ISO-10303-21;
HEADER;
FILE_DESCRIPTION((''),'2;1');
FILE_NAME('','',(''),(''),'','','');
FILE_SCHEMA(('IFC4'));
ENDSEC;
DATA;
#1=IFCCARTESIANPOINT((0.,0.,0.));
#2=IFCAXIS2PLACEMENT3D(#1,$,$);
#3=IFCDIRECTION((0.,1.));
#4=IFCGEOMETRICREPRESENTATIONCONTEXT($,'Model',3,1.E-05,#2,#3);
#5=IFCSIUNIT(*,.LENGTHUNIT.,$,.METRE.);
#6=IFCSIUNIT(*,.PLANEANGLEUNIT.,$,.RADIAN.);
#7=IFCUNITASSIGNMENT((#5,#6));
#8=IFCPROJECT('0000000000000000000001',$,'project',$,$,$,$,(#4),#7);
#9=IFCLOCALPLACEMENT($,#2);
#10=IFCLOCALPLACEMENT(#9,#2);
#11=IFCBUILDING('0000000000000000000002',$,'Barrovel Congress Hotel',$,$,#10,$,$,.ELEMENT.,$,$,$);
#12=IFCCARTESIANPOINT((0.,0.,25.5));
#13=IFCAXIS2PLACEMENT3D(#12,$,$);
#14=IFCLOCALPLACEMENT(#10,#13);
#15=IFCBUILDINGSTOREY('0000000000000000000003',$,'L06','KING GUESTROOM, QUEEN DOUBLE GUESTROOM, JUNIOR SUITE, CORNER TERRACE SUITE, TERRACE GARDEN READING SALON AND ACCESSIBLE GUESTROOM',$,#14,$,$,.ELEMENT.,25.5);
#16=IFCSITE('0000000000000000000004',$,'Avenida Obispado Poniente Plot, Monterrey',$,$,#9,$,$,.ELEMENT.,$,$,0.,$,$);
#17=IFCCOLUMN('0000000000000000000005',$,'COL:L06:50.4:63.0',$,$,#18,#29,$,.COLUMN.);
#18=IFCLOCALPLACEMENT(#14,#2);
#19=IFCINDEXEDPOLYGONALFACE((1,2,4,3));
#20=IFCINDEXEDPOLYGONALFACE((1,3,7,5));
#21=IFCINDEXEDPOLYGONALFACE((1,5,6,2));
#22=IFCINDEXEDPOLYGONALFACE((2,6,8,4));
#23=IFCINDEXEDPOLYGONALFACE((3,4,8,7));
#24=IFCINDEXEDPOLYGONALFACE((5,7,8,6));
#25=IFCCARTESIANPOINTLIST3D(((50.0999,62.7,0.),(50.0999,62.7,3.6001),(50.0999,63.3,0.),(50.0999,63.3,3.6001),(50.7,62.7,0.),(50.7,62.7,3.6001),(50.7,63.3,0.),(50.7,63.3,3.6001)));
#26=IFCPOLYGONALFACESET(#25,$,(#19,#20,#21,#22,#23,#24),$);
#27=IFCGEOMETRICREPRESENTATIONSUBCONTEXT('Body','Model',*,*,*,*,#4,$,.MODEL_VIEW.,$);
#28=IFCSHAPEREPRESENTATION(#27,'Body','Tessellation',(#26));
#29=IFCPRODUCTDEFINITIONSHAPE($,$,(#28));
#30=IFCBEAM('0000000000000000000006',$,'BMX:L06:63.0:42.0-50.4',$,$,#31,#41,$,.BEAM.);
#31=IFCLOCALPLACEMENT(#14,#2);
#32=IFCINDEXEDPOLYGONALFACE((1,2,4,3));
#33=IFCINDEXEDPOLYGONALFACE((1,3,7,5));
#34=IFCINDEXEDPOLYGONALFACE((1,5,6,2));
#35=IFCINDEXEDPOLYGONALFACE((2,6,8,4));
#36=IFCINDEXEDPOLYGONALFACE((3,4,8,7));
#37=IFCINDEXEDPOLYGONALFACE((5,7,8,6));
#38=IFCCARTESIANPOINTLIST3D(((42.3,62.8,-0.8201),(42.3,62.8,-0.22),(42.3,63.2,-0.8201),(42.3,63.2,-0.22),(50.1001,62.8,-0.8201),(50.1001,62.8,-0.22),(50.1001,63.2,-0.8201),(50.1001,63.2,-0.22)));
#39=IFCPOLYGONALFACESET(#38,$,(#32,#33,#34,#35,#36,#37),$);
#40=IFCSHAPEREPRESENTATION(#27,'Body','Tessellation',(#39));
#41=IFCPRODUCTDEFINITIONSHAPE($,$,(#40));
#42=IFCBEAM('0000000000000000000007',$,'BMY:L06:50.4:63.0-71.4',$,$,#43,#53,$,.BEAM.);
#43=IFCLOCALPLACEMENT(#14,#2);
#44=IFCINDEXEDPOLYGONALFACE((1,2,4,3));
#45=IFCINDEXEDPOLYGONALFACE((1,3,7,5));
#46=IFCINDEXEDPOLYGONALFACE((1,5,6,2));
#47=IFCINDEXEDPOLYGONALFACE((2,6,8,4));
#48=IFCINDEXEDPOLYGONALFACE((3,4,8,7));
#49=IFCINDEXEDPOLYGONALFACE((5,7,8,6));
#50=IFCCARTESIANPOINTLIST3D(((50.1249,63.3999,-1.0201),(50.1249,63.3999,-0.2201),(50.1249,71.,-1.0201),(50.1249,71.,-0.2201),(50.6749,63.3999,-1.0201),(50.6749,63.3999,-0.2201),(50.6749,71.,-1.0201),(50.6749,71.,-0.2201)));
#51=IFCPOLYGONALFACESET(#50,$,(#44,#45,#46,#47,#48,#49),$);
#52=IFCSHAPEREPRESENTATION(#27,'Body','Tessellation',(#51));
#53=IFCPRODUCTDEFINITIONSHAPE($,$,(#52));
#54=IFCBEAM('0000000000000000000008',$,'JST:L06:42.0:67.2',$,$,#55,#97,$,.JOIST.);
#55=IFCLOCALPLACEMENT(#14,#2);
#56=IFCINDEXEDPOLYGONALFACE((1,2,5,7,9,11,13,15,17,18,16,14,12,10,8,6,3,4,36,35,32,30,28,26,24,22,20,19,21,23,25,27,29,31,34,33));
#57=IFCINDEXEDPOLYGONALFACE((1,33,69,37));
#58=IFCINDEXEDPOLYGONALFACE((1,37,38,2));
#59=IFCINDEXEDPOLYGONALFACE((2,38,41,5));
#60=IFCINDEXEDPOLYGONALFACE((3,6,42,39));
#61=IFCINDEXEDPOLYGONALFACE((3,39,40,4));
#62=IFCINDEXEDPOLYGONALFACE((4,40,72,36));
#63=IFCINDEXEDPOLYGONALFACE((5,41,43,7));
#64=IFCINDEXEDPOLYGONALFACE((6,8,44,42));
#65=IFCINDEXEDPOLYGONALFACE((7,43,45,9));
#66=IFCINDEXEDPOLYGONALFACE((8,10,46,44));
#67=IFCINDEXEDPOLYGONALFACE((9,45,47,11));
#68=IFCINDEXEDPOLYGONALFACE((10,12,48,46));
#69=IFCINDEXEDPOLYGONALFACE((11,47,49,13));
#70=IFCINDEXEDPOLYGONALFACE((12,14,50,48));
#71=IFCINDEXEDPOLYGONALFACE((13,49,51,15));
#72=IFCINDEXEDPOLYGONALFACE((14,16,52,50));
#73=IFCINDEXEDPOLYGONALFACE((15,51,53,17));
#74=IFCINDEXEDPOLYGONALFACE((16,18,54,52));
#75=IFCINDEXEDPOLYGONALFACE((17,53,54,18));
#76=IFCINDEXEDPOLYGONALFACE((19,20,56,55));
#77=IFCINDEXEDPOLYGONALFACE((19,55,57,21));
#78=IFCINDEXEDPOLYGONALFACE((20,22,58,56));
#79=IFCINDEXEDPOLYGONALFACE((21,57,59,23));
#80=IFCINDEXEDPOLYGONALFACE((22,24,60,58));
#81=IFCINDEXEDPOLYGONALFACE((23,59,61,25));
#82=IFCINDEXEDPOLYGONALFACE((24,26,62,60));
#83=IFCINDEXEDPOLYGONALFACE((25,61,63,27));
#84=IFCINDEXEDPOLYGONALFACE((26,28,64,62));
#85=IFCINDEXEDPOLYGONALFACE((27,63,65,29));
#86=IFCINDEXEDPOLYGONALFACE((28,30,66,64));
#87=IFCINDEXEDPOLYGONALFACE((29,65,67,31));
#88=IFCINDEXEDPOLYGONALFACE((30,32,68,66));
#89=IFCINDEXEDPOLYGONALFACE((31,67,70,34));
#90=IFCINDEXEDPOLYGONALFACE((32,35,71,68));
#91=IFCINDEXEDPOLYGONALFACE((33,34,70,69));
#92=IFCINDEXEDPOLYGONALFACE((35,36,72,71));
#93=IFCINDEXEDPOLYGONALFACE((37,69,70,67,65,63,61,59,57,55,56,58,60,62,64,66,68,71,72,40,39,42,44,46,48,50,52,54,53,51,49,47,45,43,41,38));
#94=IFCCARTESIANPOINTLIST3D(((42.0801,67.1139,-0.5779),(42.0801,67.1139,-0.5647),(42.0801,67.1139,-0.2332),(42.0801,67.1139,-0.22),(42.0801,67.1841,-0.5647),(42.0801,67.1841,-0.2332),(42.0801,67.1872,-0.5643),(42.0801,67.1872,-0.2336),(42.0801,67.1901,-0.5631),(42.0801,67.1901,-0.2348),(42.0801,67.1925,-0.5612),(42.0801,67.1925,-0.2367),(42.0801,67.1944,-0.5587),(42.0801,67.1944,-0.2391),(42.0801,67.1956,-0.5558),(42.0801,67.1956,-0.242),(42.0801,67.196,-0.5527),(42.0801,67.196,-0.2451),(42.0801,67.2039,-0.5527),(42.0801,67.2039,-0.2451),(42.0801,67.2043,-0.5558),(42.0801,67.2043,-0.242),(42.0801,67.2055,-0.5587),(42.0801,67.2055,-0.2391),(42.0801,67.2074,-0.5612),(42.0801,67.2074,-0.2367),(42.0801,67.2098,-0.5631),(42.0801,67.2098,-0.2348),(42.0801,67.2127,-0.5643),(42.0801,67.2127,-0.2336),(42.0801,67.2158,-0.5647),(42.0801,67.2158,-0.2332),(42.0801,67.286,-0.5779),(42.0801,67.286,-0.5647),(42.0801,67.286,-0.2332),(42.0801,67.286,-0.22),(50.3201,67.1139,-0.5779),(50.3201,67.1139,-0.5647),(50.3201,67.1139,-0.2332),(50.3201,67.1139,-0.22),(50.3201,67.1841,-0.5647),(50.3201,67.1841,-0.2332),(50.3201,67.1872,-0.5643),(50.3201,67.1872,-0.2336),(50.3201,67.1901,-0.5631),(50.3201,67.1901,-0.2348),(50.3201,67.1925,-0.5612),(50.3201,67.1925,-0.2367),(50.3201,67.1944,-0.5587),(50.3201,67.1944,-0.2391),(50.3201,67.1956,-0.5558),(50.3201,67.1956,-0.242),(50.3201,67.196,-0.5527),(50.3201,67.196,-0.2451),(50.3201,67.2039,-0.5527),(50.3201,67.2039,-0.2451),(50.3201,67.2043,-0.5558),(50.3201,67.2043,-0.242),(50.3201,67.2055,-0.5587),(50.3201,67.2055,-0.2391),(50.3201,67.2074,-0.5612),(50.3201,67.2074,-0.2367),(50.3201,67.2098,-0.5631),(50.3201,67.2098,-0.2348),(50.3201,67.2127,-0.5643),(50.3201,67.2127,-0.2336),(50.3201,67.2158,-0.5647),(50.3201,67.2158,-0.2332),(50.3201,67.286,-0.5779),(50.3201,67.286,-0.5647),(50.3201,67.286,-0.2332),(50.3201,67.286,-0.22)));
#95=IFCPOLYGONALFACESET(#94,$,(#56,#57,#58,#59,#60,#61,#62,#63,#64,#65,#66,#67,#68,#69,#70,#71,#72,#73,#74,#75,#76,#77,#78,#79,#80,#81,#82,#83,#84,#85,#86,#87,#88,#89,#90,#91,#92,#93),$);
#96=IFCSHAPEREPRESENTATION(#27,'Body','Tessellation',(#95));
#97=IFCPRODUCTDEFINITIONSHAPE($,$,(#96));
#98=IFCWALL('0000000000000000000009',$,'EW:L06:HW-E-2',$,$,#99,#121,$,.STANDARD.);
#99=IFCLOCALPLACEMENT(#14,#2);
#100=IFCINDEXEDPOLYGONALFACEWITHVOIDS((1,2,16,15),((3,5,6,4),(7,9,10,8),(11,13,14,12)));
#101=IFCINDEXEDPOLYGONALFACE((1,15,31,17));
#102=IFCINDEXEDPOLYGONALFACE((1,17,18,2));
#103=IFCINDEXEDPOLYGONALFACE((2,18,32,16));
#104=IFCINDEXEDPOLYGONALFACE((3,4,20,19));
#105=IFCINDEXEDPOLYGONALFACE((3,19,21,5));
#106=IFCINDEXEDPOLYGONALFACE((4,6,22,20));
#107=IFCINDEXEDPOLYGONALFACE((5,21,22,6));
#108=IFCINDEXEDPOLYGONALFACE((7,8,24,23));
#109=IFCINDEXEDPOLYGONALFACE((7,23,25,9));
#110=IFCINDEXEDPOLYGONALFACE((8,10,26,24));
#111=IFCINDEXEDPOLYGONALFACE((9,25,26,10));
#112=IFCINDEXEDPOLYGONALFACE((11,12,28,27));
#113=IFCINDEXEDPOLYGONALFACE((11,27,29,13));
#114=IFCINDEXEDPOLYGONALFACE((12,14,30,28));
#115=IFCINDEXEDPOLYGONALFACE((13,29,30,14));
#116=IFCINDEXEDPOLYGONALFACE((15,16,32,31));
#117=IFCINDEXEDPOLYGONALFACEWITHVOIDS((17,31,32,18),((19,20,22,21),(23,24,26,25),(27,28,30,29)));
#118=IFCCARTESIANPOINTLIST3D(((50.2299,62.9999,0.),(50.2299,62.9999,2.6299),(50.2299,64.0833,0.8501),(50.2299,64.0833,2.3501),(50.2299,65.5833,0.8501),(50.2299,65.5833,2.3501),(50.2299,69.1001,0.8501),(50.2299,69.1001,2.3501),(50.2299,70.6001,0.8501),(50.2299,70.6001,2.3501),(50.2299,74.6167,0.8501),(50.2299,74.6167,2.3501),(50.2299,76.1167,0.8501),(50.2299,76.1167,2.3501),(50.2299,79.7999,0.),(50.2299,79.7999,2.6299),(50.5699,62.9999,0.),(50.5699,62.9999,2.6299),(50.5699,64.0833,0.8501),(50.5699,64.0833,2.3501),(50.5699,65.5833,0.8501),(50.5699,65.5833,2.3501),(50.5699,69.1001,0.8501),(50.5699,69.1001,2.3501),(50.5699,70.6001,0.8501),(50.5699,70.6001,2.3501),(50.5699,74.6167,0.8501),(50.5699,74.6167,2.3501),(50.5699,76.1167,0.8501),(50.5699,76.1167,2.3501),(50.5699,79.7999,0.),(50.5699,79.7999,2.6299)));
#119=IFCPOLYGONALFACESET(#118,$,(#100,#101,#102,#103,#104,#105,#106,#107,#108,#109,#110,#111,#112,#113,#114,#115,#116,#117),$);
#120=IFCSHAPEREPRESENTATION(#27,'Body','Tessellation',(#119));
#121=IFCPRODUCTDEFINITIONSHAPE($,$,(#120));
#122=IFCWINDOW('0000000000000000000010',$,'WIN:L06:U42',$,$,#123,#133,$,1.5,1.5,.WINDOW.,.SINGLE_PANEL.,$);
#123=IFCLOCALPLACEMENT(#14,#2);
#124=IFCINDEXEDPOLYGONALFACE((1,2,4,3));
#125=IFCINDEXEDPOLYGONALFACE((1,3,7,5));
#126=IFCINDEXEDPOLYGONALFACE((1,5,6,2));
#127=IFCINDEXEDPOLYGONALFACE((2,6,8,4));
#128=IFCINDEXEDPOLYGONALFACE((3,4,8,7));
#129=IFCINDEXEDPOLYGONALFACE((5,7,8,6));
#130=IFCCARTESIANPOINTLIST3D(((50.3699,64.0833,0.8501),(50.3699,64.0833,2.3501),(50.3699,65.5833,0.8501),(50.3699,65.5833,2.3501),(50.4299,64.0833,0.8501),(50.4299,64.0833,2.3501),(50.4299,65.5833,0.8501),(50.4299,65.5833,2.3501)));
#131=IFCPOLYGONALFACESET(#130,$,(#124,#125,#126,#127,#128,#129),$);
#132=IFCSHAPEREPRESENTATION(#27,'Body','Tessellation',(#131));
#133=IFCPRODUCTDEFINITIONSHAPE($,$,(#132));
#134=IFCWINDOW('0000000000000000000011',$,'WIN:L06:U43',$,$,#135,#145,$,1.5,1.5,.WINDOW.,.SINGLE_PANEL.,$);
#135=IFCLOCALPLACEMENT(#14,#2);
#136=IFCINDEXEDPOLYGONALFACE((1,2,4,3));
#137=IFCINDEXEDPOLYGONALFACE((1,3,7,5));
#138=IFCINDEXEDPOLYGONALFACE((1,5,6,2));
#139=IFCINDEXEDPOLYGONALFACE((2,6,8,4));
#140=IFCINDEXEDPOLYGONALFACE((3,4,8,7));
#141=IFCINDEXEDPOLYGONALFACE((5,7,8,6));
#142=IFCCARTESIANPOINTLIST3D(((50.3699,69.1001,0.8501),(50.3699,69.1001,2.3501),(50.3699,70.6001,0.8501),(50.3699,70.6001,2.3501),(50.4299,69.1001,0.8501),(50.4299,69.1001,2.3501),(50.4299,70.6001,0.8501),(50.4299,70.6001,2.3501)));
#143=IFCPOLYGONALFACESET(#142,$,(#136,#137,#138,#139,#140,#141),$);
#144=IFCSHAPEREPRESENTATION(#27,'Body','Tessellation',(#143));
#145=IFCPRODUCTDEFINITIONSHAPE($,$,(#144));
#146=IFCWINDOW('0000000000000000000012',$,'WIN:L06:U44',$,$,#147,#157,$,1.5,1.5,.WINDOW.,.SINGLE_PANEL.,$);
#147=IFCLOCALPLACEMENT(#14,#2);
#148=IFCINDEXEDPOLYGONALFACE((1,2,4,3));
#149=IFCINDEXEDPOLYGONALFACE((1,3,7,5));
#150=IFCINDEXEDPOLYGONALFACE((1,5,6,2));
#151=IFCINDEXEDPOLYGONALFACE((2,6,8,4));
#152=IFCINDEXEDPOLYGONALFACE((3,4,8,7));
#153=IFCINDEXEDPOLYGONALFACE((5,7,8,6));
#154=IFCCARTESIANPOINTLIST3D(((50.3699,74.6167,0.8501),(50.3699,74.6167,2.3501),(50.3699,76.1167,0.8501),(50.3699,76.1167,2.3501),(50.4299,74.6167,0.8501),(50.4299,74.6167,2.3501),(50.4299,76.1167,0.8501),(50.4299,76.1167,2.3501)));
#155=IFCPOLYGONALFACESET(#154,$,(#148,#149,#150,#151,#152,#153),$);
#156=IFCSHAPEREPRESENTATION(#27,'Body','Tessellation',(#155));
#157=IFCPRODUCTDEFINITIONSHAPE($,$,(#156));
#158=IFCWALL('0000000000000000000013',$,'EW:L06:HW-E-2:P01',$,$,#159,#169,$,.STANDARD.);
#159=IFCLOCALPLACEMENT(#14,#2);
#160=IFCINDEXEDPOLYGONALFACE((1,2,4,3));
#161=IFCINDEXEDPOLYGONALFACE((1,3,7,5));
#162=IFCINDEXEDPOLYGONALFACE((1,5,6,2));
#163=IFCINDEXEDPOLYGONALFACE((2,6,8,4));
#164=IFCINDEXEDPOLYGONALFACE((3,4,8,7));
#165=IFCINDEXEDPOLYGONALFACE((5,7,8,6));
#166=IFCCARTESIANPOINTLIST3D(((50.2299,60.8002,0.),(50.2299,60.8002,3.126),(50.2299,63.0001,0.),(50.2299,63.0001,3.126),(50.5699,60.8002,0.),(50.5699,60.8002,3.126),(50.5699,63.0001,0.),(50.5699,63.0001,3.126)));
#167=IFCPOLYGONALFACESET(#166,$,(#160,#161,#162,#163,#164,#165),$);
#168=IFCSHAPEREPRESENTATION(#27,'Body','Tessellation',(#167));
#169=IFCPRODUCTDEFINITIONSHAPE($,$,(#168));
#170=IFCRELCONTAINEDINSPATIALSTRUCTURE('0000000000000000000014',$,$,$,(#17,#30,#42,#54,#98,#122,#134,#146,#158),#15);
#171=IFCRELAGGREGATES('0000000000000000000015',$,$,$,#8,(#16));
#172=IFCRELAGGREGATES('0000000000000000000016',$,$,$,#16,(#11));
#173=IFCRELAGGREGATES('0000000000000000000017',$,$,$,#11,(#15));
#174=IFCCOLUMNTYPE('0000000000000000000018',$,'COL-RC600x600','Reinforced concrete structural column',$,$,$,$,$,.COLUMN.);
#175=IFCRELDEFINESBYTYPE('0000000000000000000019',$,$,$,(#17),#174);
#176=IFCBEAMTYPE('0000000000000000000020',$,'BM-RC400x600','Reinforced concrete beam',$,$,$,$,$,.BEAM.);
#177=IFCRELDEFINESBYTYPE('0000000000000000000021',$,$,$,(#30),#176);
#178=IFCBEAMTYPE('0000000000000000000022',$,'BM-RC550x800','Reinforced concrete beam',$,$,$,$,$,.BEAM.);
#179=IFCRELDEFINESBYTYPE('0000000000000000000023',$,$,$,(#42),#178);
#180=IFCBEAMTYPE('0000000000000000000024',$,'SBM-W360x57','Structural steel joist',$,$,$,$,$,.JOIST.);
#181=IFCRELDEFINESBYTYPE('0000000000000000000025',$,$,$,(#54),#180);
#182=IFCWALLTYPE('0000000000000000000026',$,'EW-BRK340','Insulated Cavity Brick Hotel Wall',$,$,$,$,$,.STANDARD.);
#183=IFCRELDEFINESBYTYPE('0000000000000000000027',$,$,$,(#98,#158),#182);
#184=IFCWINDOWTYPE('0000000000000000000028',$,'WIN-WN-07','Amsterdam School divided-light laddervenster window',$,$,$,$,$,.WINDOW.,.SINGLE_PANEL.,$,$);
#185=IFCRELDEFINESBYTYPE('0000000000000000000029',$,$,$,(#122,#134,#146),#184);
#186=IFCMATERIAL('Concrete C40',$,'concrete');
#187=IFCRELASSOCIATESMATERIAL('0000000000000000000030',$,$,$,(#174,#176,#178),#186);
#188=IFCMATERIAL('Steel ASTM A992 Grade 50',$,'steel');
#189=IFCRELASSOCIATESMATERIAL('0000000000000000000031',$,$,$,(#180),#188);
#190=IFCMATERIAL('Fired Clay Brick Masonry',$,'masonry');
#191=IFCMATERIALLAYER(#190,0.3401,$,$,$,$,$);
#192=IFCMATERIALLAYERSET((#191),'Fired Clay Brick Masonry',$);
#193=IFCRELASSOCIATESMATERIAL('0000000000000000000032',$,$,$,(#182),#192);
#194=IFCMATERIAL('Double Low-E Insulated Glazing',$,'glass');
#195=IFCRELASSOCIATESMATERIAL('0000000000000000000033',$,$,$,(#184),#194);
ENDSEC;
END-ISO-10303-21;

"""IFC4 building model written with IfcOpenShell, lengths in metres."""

from ifc_helpers import new_model, si_unit, direction, frame, frame_2d, origin, origin_2d, place, context, subcontext, project, spatial, rectangle, i_section, extrude, material, layer, layer_set, material_profile, profile_set, type_object, element, fill, save


model = new_model("IFC4")

# Units and contexts
model_context = context("Model", 3, precision=1e-05, world=origin(), true_north=direction((0.0, 1.0)))
body_context = subcontext(model_context, "Body", "Model", "MODEL_VIEW")
ifc_project = project(units=[si_unit("LENGTHUNIT", "METRE"), si_unit("PLANEANGLEUNIT", "RADIAN")], contexts=[model_context])

# Site, building, storey
site_placement = place(None, origin())
site = spatial("IfcSite", under=ifc_project, at=site_placement, Name="Avenida Obispado Poniente Plot, Monterrey", CompositionType="ELEMENT", RefElevation=0.0)
building_placement = place(site_placement, origin())
building = spatial("IfcBuilding", under=site, at=building_placement, Name="Barrovel Congress Hotel", CompositionType="ELEMENT")
storey_placement = place(building_placement, frame((0.0, 0.0, 25.5)))
storey = spatial("IfcBuildingStorey", under=building, at=storey_placement, Name="L06", Description="KING GUESTROOM, QUEEN DOUBLE GUESTROOM, JUNIOR SUITE, CORNER TERRACE SUITE, TERRACE GARDEN READING SALON AND ACCESSIBLE GUESTROOM", CompositionType="ELEMENT", Elevation=25.5)

# Column
ifc_material_1 = material(Name="Concrete C40", Category="concrete")
ifc_material_profile_1 = material_profile(ifc_material_1, rectangle(XDim=0.6001, YDim=0.6001, at=origin_2d()), Name="RC600x600")
ifc_profile_set_1 = profile_set([ifc_material_profile_1], Name="Concrete C40")
column_type = type_object("IfcColumnType", Name="COL-RC600x600", Description="Reinforced concrete structural column", PredefinedType="COLUMN", material=ifc_profile_set_1)
column_placement = place(storey_placement, frame((50.3999, 63.0, 0.0), z_axis=(0.0, 0.0, 1.0), x_axis=(1.0, 0.0, 0.0)))
element("IfcColumn", 1, at=column_placement, inside=storey, type_object=column_type, Name="COL:L06:50.4:63.0", PredefinedType="COLUMN", context=body_context, shape_type="SweptSolid", body=[
    extrude(rectangle(XDim=0.6001, YDim=0.6001, at=origin_2d()), origin(), (0.0, 0.0, 1.0), 3.6001),
])

# Beams
ifc_material_profile_2 = material_profile(ifc_material_1, rectangle(XDim=0.3999, YDim=0.6001, at=origin_2d()), Name="RC400x600")
ifc_profile_set_2 = profile_set([ifc_material_profile_2], Name="Concrete C40")
beam_type_1 = type_object("IfcBeamType", Name="BM-RC400x600", Description="Reinforced concrete beam", PredefinedType="BEAM", material=ifc_profile_set_2)
beam_1_placement = place(storey_placement, frame((42.3, 63.0, -0.52), z_axis=(1.0, 0.0, 0.0), x_axis=(0.0, 1.0, 0.0)))
element("IfcBeam", 2, at=beam_1_placement, inside=storey, type_object=beam_type_1, Name="BMX:L06:63.0:42.0-50.4", PredefinedType="BEAM", context=body_context, shape_type="SweptSolid", body=[
    extrude(rectangle(XDim=0.3999, YDim=0.6001, at=origin_2d()), origin(), (0.0, 0.0, 1.0), 7.8),
])
ifc_material_profile_3 = material_profile(ifc_material_1, rectangle(XDim=0.55, YDim=0.8, at=origin_2d()), Name="RC550x800")
ifc_profile_set_3 = profile_set([ifc_material_profile_3], Name="Concrete C40")
beam_type_2 = type_object("IfcBeamType", Name="BM-RC550x800", Description="Reinforced concrete beam", PredefinedType="BEAM", material=ifc_profile_set_3)
beam_2_placement = place(storey_placement, frame((50.3999, 63.3999, -0.6201), z_axis=(0.0, 1.0, 0.0), x_axis=(-1.0, 0.0, 0.0)))
element("IfcBeam", 3, at=beam_2_placement, inside=storey, type_object=beam_type_2, Name="BMY:L06:50.4:63.0-71.4", PredefinedType="BEAM", context=body_context, shape_type="SweptSolid", body=[
    extrude(rectangle(XDim=0.55, YDim=0.8, at=origin_2d()), origin(), (0.0, 0.0, 1.0), 7.6001),
])
ifc_material_2 = material(Name="Steel ASTM A992 Grade 50", Category="steel")
ifc_material_profile_4 = material_profile(ifc_material_2, i_section(OverallWidth=0.1721, OverallDepth=0.3579, WebThickness=0.0078, FlangeThickness=0.0132, FilletRadius=0.012, at=origin_2d()), Name="W360x57")
ifc_profile_set_4 = profile_set([ifc_material_profile_4], Name="Steel ASTM A992 Grade 50")
beam_type_3 = type_object("IfcBeamType", Name="SBM-W360x57", Description="Structural steel joist", PredefinedType="JOIST", material=ifc_profile_set_4)
beam_3_placement = place(storey_placement, frame((42.0801, 67.2, -0.3989), z_axis=(1.0, 0.0, 0.0), x_axis=(0.0, 1.0, 0.0)))
element("IfcBeam", 4, at=beam_3_placement, inside=storey, type_object=beam_type_3, Name="JST:L06:42.0:67.2", PredefinedType="JOIST", context=body_context, shape_type="SweptSolid", body=[
    extrude(i_section(OverallWidth=0.1721, OverallDepth=0.3579, WebThickness=0.0078, FlangeThickness=0.0132, FilletRadius=0.012, at=origin_2d()), origin(), (0.0, 0.0, 1.0), 8.24),
])

# Wall, openings, windows
ifc_material_3 = material(Name="Fired Clay Brick Masonry", Category="masonry")
ifc_layer_1 = layer(ifc_material_3, 0.3401)
ifc_layer_set_1 = layer_set([ifc_layer_1], Name="Fired Clay Brick Masonry")
wall_type_1 = type_object("IfcWallType", Name="EW-BRK340", Description="Insulated Cavity Brick Hotel Wall", PredefinedType="STANDARD", material=ifc_layer_set_1)
wall_1_placement = place(storey_placement, frame((50.3999, 63.0, 0.0), z_axis=(0.0, 0.0, 1.0), x_axis=(0.0, 1.0, 0.0)))
wall_1 = element("IfcWall", 5, at=wall_1_placement, inside=storey, type_object=wall_type_1, Name="EW:L06:HW-E-2", PredefinedType="STANDARD", context=body_context, shape_type="SweptSolid", body=[
    extrude(rectangle(XDim=16.8, YDim=0.3401, at=frame_2d((8.3999, 0.0))), origin(), (0.0, 0.0, 1.0), 2.6299),
])
opening_1_placement = place(wall_1_placement, frame((1.0833, 0.0, 0.8501)))
opening_1 = element("IfcOpeningElement", 6, at=opening_1_placement, cuts=wall_1, PredefinedType="OPENING", context=body_context, shape_type="SweptSolid", body=[
    extrude(rectangle(XDim=1.5, YDim=1.5, at=frame_2d((0.75, 0.75))), frame((0.0, 0.1802, 0.0), z_axis=(0.0, -1.0, 0.0), x_axis=(1.0, 0.0, 0.0)), (0.0, 0.0, 1.0), 0.3601),
])
opening_2_placement = place(wall_1_placement, frame((6.1001, 0.0, 0.8501)))
opening_2 = element("IfcOpeningElement", 7, at=opening_2_placement, cuts=wall_1, PredefinedType="OPENING", context=body_context, shape_type="SweptSolid", body=[
    extrude(rectangle(XDim=1.5, YDim=1.5, at=frame_2d((0.75, 0.75))), frame((0.0, 0.1802, 0.0), z_axis=(0.0, -1.0, 0.0), x_axis=(1.0, 0.0, 0.0)), (0.0, 0.0, 1.0), 0.3601),
])
opening_3_placement = place(wall_1_placement, frame((11.6167, 0.0, 0.8501)))
opening_3 = element("IfcOpeningElement", 8, at=opening_3_placement, cuts=wall_1, PredefinedType="OPENING", context=body_context, shape_type="SweptSolid", body=[
    extrude(rectangle(XDim=1.5, YDim=1.5, at=frame_2d((0.75, 0.75))), frame((0.0, 0.1802, 0.0), z_axis=(0.0, -1.0, 0.0), x_axis=(1.0, 0.0, 0.0)), (0.0, 0.0, 1.0), 0.3601),
])
ifc_material_4 = material(Name="Double Low-E Insulated Glazing", Category="glass")
window_type = type_object("IfcWindowType", Name="WIN-WN-07", Description="Amsterdam School divided-light laddervenster window", PartitioningType="SINGLE_PANEL", PredefinedType="WINDOW", material=ifc_material_4)
window_1_placement = place(opening_1_placement, origin())
window_1 = element("IfcWindow", 9, at=window_1_placement, inside=storey, type_object=window_type, Name="WIN:L06:U42", OverallHeight=1.5, OverallWidth=1.5, PartitioningType="SINGLE_PANEL", PredefinedType="WINDOW", context=body_context, shape_type="SweptSolid", body=[
    extrude(rectangle(XDim=1.5, YDim=1.5, at=frame_2d((0.75, 0.75))), frame((0.0, 0.03, 0.0), z_axis=(0.0, -1.0, 0.0), x_axis=(1.0, 0.0, 0.0)), (0.0, 0.0, 1.0), 0.0601),
])
fill(opening_1, window_1)
window_2_placement = place(opening_2_placement, origin())
window_2 = element("IfcWindow", 10, at=window_2_placement, inside=storey, type_object=window_type, Name="WIN:L06:U43", OverallHeight=1.5, OverallWidth=1.5, PartitioningType="SINGLE_PANEL", PredefinedType="WINDOW", context=body_context, shape_type="SweptSolid", body=[
    extrude(rectangle(XDim=1.5, YDim=1.5, at=frame_2d((0.75, 0.75))), frame((0.0, 0.03, 0.0), z_axis=(0.0, -1.0, 0.0), x_axis=(1.0, 0.0, 0.0)), (0.0, 0.0, 1.0), 0.0601),
])
fill(opening_2, window_2)
window_3_placement = place(opening_3_placement, origin())
window_3 = element("IfcWindow", 11, at=window_3_placement, inside=storey, type_object=window_type, Name="WIN:L06:U44", OverallHeight=1.5, OverallWidth=1.5, PartitioningType="SINGLE_PANEL", PredefinedType="WINDOW", context=body_context, shape_type="SweptSolid", body=[
    extrude(rectangle(XDim=1.5, YDim=1.5, at=frame_2d((0.75, 0.75))), frame((0.0, 0.03, 0.0), z_axis=(0.0, -1.0, 0.0), x_axis=(1.0, 0.0, 0.0)), (0.0, 0.0, 1.0), 0.0601),
])
fill(opening_3, window_3)

# Wall
wall_2_placement = place(storey_placement, frame((50.3999, 60.8, 0.0), z_axis=(0.0, 0.0, 1.0), x_axis=(0.0, 1.0, 0.0)))
element("IfcWall", 12, at=wall_2_placement, inside=storey, type_object=wall_type_1, Name="EW:L06:HW-E-2:P01", PredefinedType="STANDARD", context=body_context, shape_type="SweptSolid", body=[
    extrude(rectangle(XDim=2.2, YDim=0.3401, at=frame_2d((1.1001, 0.0))), origin(), (0.0, 0.0, 1.0), 3.126),
])

save(model, "model.ifc")
